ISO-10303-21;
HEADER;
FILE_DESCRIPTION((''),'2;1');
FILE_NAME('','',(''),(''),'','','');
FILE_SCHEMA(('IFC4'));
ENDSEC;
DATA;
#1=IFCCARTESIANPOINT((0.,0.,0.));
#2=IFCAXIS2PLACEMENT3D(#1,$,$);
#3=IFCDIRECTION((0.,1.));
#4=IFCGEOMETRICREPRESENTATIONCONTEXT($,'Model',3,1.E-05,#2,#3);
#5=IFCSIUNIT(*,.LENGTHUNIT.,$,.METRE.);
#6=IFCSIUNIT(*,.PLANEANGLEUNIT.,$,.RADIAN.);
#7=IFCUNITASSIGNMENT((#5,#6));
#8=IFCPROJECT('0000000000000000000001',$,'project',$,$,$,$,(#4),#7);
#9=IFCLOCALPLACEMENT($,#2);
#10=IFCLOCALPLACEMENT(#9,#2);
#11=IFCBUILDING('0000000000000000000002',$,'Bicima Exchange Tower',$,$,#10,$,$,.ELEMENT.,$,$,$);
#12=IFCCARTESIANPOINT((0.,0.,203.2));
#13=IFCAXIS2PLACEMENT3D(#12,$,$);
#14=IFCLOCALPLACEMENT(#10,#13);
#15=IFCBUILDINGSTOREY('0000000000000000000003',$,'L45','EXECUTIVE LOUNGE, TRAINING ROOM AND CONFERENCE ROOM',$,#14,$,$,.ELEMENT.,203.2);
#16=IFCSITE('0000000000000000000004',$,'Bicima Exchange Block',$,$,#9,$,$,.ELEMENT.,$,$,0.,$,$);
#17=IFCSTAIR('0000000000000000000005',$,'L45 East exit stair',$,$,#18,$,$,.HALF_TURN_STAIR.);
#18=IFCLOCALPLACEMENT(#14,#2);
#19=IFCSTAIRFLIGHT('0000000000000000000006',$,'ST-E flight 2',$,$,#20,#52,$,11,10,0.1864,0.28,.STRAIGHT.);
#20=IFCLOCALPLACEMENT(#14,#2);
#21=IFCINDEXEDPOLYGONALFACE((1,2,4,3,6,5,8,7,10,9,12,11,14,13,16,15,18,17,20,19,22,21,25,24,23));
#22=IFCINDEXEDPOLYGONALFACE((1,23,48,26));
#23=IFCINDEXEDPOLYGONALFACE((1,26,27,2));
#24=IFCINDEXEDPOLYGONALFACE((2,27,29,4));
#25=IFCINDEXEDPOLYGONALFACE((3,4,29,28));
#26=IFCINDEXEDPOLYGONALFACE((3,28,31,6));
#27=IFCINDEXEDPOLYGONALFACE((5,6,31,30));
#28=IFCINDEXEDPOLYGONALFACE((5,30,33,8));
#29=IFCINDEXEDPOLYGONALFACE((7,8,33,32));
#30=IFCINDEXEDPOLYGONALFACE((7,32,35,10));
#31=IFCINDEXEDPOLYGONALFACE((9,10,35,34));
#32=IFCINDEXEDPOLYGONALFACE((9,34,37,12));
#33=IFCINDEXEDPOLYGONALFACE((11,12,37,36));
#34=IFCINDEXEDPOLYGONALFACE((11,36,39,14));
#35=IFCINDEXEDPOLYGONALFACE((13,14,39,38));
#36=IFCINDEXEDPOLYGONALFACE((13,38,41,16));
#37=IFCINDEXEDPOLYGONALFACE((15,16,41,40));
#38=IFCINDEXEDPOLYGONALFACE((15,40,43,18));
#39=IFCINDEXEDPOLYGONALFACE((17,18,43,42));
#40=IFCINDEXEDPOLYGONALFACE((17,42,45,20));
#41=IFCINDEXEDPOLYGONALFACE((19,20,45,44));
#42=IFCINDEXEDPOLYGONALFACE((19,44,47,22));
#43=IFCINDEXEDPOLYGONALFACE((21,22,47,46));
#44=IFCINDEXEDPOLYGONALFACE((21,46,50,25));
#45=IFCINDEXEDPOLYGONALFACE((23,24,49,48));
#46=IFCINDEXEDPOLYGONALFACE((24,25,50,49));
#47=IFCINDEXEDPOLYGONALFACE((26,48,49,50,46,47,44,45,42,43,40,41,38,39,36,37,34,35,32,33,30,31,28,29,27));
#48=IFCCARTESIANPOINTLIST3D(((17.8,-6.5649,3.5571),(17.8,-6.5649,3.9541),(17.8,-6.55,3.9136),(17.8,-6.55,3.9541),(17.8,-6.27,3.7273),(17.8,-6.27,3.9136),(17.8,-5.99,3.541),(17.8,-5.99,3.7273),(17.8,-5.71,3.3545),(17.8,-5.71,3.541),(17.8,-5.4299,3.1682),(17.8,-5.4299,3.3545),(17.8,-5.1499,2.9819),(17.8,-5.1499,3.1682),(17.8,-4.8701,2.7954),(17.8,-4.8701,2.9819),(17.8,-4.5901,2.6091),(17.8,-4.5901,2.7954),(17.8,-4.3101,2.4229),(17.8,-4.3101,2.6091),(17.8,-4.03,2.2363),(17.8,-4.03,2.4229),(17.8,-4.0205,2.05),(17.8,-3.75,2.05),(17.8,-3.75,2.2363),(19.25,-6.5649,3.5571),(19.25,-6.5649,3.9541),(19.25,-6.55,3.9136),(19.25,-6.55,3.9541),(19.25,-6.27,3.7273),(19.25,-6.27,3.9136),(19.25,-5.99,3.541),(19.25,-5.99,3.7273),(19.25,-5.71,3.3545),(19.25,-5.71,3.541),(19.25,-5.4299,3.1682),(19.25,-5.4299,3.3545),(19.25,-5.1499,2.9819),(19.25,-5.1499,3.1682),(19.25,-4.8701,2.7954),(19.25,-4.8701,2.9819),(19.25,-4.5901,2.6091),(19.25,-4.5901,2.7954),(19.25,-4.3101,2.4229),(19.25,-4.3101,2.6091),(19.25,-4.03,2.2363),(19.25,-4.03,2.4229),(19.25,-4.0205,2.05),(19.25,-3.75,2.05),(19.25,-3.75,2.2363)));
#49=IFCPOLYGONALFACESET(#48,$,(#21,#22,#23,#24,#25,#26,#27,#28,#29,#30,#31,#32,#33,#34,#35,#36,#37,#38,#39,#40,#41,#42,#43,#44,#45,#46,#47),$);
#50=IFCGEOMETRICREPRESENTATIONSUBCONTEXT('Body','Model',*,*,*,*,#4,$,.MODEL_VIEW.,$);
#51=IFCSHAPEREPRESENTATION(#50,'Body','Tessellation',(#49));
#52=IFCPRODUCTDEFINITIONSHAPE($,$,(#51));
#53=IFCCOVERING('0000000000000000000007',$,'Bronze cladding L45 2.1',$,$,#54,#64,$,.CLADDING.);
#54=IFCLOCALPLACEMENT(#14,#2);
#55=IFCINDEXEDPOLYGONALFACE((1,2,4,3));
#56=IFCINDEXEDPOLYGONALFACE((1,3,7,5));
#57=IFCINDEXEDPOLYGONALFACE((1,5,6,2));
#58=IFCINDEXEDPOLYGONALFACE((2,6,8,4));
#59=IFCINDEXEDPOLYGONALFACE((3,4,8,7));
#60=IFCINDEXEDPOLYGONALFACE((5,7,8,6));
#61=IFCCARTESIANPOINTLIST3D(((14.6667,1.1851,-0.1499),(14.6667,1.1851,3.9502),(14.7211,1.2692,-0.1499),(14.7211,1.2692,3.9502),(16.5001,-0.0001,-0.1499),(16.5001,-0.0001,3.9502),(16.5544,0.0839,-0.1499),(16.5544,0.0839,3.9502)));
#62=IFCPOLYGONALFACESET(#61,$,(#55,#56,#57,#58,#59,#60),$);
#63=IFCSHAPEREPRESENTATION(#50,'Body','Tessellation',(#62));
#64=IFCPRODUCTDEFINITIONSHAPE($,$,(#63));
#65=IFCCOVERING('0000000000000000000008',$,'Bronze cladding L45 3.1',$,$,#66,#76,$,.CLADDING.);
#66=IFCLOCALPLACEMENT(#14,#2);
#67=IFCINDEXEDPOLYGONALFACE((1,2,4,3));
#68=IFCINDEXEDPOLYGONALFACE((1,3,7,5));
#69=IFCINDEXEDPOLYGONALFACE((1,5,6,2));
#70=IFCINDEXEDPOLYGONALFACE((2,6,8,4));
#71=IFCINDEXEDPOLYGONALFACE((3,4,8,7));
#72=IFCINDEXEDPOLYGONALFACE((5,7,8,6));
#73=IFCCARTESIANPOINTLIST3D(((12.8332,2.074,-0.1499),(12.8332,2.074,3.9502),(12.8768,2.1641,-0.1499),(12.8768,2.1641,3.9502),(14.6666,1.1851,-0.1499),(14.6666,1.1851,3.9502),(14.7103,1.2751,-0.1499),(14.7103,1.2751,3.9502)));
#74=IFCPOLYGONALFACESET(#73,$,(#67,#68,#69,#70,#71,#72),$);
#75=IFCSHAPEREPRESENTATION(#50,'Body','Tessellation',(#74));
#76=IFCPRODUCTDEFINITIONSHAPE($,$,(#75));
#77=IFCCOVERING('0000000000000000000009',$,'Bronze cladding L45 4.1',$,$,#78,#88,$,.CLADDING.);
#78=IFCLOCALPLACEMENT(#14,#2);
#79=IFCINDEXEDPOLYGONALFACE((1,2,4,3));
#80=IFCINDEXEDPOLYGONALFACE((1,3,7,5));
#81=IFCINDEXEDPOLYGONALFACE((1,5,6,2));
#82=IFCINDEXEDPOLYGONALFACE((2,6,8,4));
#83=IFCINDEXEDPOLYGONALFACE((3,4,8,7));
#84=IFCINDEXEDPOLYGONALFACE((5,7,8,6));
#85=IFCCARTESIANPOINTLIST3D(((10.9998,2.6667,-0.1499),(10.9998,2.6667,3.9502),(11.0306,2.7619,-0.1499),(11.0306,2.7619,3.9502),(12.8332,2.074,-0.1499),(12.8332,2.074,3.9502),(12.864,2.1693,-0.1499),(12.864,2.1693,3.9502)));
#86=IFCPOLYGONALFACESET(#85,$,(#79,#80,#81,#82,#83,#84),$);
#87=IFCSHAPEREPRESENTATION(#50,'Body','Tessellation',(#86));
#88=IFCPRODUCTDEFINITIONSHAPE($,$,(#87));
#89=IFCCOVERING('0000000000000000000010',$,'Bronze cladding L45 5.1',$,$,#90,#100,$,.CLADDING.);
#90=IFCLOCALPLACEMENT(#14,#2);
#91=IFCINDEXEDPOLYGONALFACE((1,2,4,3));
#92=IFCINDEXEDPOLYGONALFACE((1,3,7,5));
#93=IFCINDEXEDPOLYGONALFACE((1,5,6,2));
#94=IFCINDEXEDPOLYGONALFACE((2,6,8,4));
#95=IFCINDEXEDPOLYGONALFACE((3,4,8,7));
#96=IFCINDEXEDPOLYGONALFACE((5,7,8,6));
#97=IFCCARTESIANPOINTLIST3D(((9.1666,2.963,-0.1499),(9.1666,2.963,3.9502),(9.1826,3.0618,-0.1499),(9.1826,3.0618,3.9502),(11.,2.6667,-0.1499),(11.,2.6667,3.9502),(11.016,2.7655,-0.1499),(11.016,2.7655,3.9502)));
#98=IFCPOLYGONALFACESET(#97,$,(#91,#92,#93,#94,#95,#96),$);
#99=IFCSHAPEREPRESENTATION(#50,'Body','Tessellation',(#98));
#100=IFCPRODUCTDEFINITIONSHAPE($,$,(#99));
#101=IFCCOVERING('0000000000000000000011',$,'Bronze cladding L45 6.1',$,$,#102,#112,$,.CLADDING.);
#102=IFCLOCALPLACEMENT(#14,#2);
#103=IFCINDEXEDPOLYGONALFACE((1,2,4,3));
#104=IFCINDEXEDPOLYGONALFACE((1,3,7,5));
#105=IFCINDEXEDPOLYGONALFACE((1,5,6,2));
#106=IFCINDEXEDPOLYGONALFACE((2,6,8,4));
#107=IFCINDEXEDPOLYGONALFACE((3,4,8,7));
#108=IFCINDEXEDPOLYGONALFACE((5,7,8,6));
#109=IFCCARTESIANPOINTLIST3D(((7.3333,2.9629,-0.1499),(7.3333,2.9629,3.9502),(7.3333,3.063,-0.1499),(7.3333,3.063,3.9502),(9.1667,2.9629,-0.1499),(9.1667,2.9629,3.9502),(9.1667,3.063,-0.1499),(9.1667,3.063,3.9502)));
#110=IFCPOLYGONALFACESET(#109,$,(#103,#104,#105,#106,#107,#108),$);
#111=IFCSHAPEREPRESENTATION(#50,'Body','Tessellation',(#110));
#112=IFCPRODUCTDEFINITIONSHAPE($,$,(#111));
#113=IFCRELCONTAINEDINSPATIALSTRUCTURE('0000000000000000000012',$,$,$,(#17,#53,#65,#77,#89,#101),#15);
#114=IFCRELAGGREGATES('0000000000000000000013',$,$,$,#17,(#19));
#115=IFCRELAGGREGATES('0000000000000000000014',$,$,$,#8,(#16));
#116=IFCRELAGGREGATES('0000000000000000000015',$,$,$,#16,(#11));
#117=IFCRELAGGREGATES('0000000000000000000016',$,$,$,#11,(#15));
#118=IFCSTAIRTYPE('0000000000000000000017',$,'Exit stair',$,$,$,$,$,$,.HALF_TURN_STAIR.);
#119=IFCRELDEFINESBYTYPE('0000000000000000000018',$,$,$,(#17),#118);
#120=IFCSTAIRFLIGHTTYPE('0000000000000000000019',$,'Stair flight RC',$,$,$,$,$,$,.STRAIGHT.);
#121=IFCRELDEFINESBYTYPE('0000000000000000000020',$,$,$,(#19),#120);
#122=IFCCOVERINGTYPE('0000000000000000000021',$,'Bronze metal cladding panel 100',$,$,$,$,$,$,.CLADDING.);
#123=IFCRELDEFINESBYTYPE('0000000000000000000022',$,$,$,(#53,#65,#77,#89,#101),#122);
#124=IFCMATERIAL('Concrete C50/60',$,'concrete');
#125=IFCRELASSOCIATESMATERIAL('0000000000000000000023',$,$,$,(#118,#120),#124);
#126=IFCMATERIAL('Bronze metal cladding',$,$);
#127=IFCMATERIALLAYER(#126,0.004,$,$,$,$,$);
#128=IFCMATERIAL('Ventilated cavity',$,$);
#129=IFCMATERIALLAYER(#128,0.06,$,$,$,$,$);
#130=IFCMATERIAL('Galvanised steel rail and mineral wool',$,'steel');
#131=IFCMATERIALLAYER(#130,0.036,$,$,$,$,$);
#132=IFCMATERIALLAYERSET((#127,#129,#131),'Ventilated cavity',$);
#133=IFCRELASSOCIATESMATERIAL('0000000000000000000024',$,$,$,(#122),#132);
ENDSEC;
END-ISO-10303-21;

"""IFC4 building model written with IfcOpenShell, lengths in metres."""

from ifc_helpers import new_model, si_unit, direction, frame, origin, origin_2d, place, context, subcontext, project, spatial, polyline, rectangle, outline, extrude, material, layer, layer_set, type_object, element, aggregate, save


model = new_model("IFC4")

# Units and contexts
model_context = context("Model", 3, precision=1e-05, world=origin(), true_north=direction((0.0, 1.0)))
body_context = subcontext(model_context, "Body", "Model", "MODEL_VIEW")
ifc_project = project(units=[si_unit("LENGTHUNIT", "METRE"), si_unit("PLANEANGLEUNIT", "RADIAN")], contexts=[model_context])

# Site, building, storey
site_placement = place(None, origin())
site = spatial("IfcSite", under=ifc_project, at=site_placement, Name="Bicima Exchange Block", CompositionType="ELEMENT", RefElevation=0.0)
building_placement = place(site_placement, origin())
building = spatial("IfcBuilding", under=site, at=building_placement, Name="Bicima Exchange Tower", CompositionType="ELEMENT")
storey_placement = place(building_placement, frame((0.0, 0.0, 203.2)))
storey = spatial("IfcBuildingStorey", under=building, at=storey_placement, Name="L45", Description="EXECUTIVE LOUNGE, TRAINING ROOM AND CONFERENCE ROOM", CompositionType="ELEMENT", Elevation=203.2)

# Shared definitions
ifc_material_1 = material(Name="Concrete C50/60", Category="concrete")

# Stair, stair flight
stair_type = type_object("IfcStairType", Name="Exit stair", PredefinedType="HALF_TURN_STAIR", material=ifc_material_1)
stair_placement = place(storey_placement, origin())
stair = element("IfcStair", 1, at=stair_placement, inside=storey, type_object=stair_type, Name="L45 East exit stair", PredefinedType="HALF_TURN_STAIR")
stair_flight_type = type_object("IfcStairFlightType", Name="Stair flight RC", PredefinedType="STRAIGHT", material=ifc_material_1)
stair_flight_placement = place(storey_placement, frame((18.5249, -3.75, 2.05), z_axis=(0.0, 0.0, 1.0), x_axis=(0.0, -1.0, 0.0)))
stair_flight = element("IfcStairFlight", 2, at=stair_flight_placement, type_object=stair_flight_type, Name="ST-E flight 2", NumberOfRisers=11, NumberOfTreads=10, PredefinedType="STRAIGHT", RiserHeight=0.1864, TreadLength=0.28, context=body_context, shape_type="SweptSolid", body=[
    extrude(outline(polyline([(0.0, 0.0), (0.0, 0.1863), (0.28, 0.1863), (0.28, 0.3728), (0.5601, 0.3728), (0.5601, 0.5591), (0.8401, 0.5591), (0.8401, 0.7454), (1.1201, 0.7454), (1.1201, 0.9319), (1.3999, 0.9319), (1.3999, 1.1182), (1.6799, 1.1182), (1.6799, 1.3044), (1.96, 1.3044), (1.96, 1.491), (2.24, 1.491), (2.24, 1.6772), (2.52, 1.6772), (2.52, 1.8635), (2.8, 1.8635), (2.8, 1.9041), (2.8149, 1.9041), (2.8149, 1.5071), (0.2705, 0.0), (0.0, 0.0)])), frame((0.0, 0.7251, 0.0), z_axis=(0.0, -1.0, 0.0), x_axis=(1.0, 0.0, 0.0)), (0.0, 0.0, 1.0), 1.45),
])
aggregate(stair, [stair_flight])

# Coverings
ifc_material_2 = material(Name="Bronze metal cladding")
ifc_layer_1 = layer(ifc_material_2, 0.004)
ifc_material_3 = material(Name="Ventilated cavity")
ifc_layer_2 = layer(ifc_material_3, 0.06)
ifc_material_4 = material(Name="Galvanised steel rail and mineral wool", Category="steel")
ifc_layer_3 = layer(ifc_material_4, 0.036)
ifc_layer_set_1 = layer_set([ifc_layer_1, ifc_layer_2, ifc_layer_3], Name="Ventilated cavity")
covering_type = type_object("IfcCoveringType", Name="Bronze metal cladding panel 100", PredefinedType="CLADDING", material=ifc_layer_set_1)
covering_1_placement = place(storey_placement, frame((15.6106, 0.6345, -0.1499), z_axis=(0.0, 0.0, 1.0), x_axis=(-0.83979, 0.542911, 0.0)))
element("IfcCovering", 3, at=covering_1_placement, inside=storey, type_object=covering_type, Name="Bronze cladding L45 2.1", PredefinedType="CLADDING", context=body_context, shape_type="SweptSolid", body=[
    extrude(rectangle(XDim=2.1831, YDim=0.1001, at=origin_2d()), origin(), (0.0, 0.0, 1.0), 4.1001),
])
covering_2_placement = place(storey_placement, frame((13.7717, 1.6746, -0.1499), z_axis=(0.0, 0.0, 1.0), x_axis=(-0.899818, 0.436265, 0.0)))
element("IfcCovering", 4, at=covering_2_placement, inside=storey, type_object=covering_type, Name="Bronze cladding L45 3.1", PredefinedType="CLADDING", context=body_context, shape_type="SweptSolid", body=[
    extrude(rectangle(XDim=2.0376, YDim=0.1001, at=origin_2d()), origin(), (0.0, 0.0, 1.0), 4.1001),
])
covering_3_placement = place(storey_placement, frame((11.9319, 2.418, -0.1499), z_axis=(0.0, 0.0, 1.0), x_axis=(-0.951525, 0.307573, 0.0)))
element("IfcCovering", 5, at=covering_3_placement, inside=storey, type_object=covering_type, Name="Bronze cladding L45 4.1", PredefinedType="CLADDING", context=body_context, shape_type="SweptSolid", body=[
    extrude(rectangle(XDim=1.9268, YDim=0.1001, at=origin_2d()), origin(), (0.0, 0.0, 1.0), 4.1001),
])
covering_4_placement = place(storey_placement, frame((10.0913, 2.8643, -0.1499), z_axis=(0.0, 0.0, 1.0), x_axis=(-0.98719, 0.15955, 0.0)))
element("IfcCovering", 6, at=covering_4_placement, inside=storey, type_object=covering_type, Name="Bronze cladding L45 5.1", PredefinedType="CLADDING", context=body_context, shape_type="SweptSolid", body=[
    extrude(rectangle(XDim=1.8572, YDim=0.1001, at=origin_2d()), origin(), (0.0, 0.0, 1.0), 4.1001),
])
covering_5_placement = place(storey_placement, frame((8.25, 3.0129, -0.1499), z_axis=(0.0, 0.0, 1.0), x_axis=(-1.0, 0.0, 0.0)))
element("IfcCovering", 7, at=covering_5_placement, inside=storey, type_object=covering_type, Name="Bronze cladding L45 6.1", PredefinedType="CLADDING", context=body_context, shape_type="SweptSolid", body=[
    extrude(rectangle(XDim=1.8335, YDim=0.1001, at=origin_2d()), origin(), (0.0, 0.0, 1.0), 4.1001),
])

save(model, "model.ifc")
